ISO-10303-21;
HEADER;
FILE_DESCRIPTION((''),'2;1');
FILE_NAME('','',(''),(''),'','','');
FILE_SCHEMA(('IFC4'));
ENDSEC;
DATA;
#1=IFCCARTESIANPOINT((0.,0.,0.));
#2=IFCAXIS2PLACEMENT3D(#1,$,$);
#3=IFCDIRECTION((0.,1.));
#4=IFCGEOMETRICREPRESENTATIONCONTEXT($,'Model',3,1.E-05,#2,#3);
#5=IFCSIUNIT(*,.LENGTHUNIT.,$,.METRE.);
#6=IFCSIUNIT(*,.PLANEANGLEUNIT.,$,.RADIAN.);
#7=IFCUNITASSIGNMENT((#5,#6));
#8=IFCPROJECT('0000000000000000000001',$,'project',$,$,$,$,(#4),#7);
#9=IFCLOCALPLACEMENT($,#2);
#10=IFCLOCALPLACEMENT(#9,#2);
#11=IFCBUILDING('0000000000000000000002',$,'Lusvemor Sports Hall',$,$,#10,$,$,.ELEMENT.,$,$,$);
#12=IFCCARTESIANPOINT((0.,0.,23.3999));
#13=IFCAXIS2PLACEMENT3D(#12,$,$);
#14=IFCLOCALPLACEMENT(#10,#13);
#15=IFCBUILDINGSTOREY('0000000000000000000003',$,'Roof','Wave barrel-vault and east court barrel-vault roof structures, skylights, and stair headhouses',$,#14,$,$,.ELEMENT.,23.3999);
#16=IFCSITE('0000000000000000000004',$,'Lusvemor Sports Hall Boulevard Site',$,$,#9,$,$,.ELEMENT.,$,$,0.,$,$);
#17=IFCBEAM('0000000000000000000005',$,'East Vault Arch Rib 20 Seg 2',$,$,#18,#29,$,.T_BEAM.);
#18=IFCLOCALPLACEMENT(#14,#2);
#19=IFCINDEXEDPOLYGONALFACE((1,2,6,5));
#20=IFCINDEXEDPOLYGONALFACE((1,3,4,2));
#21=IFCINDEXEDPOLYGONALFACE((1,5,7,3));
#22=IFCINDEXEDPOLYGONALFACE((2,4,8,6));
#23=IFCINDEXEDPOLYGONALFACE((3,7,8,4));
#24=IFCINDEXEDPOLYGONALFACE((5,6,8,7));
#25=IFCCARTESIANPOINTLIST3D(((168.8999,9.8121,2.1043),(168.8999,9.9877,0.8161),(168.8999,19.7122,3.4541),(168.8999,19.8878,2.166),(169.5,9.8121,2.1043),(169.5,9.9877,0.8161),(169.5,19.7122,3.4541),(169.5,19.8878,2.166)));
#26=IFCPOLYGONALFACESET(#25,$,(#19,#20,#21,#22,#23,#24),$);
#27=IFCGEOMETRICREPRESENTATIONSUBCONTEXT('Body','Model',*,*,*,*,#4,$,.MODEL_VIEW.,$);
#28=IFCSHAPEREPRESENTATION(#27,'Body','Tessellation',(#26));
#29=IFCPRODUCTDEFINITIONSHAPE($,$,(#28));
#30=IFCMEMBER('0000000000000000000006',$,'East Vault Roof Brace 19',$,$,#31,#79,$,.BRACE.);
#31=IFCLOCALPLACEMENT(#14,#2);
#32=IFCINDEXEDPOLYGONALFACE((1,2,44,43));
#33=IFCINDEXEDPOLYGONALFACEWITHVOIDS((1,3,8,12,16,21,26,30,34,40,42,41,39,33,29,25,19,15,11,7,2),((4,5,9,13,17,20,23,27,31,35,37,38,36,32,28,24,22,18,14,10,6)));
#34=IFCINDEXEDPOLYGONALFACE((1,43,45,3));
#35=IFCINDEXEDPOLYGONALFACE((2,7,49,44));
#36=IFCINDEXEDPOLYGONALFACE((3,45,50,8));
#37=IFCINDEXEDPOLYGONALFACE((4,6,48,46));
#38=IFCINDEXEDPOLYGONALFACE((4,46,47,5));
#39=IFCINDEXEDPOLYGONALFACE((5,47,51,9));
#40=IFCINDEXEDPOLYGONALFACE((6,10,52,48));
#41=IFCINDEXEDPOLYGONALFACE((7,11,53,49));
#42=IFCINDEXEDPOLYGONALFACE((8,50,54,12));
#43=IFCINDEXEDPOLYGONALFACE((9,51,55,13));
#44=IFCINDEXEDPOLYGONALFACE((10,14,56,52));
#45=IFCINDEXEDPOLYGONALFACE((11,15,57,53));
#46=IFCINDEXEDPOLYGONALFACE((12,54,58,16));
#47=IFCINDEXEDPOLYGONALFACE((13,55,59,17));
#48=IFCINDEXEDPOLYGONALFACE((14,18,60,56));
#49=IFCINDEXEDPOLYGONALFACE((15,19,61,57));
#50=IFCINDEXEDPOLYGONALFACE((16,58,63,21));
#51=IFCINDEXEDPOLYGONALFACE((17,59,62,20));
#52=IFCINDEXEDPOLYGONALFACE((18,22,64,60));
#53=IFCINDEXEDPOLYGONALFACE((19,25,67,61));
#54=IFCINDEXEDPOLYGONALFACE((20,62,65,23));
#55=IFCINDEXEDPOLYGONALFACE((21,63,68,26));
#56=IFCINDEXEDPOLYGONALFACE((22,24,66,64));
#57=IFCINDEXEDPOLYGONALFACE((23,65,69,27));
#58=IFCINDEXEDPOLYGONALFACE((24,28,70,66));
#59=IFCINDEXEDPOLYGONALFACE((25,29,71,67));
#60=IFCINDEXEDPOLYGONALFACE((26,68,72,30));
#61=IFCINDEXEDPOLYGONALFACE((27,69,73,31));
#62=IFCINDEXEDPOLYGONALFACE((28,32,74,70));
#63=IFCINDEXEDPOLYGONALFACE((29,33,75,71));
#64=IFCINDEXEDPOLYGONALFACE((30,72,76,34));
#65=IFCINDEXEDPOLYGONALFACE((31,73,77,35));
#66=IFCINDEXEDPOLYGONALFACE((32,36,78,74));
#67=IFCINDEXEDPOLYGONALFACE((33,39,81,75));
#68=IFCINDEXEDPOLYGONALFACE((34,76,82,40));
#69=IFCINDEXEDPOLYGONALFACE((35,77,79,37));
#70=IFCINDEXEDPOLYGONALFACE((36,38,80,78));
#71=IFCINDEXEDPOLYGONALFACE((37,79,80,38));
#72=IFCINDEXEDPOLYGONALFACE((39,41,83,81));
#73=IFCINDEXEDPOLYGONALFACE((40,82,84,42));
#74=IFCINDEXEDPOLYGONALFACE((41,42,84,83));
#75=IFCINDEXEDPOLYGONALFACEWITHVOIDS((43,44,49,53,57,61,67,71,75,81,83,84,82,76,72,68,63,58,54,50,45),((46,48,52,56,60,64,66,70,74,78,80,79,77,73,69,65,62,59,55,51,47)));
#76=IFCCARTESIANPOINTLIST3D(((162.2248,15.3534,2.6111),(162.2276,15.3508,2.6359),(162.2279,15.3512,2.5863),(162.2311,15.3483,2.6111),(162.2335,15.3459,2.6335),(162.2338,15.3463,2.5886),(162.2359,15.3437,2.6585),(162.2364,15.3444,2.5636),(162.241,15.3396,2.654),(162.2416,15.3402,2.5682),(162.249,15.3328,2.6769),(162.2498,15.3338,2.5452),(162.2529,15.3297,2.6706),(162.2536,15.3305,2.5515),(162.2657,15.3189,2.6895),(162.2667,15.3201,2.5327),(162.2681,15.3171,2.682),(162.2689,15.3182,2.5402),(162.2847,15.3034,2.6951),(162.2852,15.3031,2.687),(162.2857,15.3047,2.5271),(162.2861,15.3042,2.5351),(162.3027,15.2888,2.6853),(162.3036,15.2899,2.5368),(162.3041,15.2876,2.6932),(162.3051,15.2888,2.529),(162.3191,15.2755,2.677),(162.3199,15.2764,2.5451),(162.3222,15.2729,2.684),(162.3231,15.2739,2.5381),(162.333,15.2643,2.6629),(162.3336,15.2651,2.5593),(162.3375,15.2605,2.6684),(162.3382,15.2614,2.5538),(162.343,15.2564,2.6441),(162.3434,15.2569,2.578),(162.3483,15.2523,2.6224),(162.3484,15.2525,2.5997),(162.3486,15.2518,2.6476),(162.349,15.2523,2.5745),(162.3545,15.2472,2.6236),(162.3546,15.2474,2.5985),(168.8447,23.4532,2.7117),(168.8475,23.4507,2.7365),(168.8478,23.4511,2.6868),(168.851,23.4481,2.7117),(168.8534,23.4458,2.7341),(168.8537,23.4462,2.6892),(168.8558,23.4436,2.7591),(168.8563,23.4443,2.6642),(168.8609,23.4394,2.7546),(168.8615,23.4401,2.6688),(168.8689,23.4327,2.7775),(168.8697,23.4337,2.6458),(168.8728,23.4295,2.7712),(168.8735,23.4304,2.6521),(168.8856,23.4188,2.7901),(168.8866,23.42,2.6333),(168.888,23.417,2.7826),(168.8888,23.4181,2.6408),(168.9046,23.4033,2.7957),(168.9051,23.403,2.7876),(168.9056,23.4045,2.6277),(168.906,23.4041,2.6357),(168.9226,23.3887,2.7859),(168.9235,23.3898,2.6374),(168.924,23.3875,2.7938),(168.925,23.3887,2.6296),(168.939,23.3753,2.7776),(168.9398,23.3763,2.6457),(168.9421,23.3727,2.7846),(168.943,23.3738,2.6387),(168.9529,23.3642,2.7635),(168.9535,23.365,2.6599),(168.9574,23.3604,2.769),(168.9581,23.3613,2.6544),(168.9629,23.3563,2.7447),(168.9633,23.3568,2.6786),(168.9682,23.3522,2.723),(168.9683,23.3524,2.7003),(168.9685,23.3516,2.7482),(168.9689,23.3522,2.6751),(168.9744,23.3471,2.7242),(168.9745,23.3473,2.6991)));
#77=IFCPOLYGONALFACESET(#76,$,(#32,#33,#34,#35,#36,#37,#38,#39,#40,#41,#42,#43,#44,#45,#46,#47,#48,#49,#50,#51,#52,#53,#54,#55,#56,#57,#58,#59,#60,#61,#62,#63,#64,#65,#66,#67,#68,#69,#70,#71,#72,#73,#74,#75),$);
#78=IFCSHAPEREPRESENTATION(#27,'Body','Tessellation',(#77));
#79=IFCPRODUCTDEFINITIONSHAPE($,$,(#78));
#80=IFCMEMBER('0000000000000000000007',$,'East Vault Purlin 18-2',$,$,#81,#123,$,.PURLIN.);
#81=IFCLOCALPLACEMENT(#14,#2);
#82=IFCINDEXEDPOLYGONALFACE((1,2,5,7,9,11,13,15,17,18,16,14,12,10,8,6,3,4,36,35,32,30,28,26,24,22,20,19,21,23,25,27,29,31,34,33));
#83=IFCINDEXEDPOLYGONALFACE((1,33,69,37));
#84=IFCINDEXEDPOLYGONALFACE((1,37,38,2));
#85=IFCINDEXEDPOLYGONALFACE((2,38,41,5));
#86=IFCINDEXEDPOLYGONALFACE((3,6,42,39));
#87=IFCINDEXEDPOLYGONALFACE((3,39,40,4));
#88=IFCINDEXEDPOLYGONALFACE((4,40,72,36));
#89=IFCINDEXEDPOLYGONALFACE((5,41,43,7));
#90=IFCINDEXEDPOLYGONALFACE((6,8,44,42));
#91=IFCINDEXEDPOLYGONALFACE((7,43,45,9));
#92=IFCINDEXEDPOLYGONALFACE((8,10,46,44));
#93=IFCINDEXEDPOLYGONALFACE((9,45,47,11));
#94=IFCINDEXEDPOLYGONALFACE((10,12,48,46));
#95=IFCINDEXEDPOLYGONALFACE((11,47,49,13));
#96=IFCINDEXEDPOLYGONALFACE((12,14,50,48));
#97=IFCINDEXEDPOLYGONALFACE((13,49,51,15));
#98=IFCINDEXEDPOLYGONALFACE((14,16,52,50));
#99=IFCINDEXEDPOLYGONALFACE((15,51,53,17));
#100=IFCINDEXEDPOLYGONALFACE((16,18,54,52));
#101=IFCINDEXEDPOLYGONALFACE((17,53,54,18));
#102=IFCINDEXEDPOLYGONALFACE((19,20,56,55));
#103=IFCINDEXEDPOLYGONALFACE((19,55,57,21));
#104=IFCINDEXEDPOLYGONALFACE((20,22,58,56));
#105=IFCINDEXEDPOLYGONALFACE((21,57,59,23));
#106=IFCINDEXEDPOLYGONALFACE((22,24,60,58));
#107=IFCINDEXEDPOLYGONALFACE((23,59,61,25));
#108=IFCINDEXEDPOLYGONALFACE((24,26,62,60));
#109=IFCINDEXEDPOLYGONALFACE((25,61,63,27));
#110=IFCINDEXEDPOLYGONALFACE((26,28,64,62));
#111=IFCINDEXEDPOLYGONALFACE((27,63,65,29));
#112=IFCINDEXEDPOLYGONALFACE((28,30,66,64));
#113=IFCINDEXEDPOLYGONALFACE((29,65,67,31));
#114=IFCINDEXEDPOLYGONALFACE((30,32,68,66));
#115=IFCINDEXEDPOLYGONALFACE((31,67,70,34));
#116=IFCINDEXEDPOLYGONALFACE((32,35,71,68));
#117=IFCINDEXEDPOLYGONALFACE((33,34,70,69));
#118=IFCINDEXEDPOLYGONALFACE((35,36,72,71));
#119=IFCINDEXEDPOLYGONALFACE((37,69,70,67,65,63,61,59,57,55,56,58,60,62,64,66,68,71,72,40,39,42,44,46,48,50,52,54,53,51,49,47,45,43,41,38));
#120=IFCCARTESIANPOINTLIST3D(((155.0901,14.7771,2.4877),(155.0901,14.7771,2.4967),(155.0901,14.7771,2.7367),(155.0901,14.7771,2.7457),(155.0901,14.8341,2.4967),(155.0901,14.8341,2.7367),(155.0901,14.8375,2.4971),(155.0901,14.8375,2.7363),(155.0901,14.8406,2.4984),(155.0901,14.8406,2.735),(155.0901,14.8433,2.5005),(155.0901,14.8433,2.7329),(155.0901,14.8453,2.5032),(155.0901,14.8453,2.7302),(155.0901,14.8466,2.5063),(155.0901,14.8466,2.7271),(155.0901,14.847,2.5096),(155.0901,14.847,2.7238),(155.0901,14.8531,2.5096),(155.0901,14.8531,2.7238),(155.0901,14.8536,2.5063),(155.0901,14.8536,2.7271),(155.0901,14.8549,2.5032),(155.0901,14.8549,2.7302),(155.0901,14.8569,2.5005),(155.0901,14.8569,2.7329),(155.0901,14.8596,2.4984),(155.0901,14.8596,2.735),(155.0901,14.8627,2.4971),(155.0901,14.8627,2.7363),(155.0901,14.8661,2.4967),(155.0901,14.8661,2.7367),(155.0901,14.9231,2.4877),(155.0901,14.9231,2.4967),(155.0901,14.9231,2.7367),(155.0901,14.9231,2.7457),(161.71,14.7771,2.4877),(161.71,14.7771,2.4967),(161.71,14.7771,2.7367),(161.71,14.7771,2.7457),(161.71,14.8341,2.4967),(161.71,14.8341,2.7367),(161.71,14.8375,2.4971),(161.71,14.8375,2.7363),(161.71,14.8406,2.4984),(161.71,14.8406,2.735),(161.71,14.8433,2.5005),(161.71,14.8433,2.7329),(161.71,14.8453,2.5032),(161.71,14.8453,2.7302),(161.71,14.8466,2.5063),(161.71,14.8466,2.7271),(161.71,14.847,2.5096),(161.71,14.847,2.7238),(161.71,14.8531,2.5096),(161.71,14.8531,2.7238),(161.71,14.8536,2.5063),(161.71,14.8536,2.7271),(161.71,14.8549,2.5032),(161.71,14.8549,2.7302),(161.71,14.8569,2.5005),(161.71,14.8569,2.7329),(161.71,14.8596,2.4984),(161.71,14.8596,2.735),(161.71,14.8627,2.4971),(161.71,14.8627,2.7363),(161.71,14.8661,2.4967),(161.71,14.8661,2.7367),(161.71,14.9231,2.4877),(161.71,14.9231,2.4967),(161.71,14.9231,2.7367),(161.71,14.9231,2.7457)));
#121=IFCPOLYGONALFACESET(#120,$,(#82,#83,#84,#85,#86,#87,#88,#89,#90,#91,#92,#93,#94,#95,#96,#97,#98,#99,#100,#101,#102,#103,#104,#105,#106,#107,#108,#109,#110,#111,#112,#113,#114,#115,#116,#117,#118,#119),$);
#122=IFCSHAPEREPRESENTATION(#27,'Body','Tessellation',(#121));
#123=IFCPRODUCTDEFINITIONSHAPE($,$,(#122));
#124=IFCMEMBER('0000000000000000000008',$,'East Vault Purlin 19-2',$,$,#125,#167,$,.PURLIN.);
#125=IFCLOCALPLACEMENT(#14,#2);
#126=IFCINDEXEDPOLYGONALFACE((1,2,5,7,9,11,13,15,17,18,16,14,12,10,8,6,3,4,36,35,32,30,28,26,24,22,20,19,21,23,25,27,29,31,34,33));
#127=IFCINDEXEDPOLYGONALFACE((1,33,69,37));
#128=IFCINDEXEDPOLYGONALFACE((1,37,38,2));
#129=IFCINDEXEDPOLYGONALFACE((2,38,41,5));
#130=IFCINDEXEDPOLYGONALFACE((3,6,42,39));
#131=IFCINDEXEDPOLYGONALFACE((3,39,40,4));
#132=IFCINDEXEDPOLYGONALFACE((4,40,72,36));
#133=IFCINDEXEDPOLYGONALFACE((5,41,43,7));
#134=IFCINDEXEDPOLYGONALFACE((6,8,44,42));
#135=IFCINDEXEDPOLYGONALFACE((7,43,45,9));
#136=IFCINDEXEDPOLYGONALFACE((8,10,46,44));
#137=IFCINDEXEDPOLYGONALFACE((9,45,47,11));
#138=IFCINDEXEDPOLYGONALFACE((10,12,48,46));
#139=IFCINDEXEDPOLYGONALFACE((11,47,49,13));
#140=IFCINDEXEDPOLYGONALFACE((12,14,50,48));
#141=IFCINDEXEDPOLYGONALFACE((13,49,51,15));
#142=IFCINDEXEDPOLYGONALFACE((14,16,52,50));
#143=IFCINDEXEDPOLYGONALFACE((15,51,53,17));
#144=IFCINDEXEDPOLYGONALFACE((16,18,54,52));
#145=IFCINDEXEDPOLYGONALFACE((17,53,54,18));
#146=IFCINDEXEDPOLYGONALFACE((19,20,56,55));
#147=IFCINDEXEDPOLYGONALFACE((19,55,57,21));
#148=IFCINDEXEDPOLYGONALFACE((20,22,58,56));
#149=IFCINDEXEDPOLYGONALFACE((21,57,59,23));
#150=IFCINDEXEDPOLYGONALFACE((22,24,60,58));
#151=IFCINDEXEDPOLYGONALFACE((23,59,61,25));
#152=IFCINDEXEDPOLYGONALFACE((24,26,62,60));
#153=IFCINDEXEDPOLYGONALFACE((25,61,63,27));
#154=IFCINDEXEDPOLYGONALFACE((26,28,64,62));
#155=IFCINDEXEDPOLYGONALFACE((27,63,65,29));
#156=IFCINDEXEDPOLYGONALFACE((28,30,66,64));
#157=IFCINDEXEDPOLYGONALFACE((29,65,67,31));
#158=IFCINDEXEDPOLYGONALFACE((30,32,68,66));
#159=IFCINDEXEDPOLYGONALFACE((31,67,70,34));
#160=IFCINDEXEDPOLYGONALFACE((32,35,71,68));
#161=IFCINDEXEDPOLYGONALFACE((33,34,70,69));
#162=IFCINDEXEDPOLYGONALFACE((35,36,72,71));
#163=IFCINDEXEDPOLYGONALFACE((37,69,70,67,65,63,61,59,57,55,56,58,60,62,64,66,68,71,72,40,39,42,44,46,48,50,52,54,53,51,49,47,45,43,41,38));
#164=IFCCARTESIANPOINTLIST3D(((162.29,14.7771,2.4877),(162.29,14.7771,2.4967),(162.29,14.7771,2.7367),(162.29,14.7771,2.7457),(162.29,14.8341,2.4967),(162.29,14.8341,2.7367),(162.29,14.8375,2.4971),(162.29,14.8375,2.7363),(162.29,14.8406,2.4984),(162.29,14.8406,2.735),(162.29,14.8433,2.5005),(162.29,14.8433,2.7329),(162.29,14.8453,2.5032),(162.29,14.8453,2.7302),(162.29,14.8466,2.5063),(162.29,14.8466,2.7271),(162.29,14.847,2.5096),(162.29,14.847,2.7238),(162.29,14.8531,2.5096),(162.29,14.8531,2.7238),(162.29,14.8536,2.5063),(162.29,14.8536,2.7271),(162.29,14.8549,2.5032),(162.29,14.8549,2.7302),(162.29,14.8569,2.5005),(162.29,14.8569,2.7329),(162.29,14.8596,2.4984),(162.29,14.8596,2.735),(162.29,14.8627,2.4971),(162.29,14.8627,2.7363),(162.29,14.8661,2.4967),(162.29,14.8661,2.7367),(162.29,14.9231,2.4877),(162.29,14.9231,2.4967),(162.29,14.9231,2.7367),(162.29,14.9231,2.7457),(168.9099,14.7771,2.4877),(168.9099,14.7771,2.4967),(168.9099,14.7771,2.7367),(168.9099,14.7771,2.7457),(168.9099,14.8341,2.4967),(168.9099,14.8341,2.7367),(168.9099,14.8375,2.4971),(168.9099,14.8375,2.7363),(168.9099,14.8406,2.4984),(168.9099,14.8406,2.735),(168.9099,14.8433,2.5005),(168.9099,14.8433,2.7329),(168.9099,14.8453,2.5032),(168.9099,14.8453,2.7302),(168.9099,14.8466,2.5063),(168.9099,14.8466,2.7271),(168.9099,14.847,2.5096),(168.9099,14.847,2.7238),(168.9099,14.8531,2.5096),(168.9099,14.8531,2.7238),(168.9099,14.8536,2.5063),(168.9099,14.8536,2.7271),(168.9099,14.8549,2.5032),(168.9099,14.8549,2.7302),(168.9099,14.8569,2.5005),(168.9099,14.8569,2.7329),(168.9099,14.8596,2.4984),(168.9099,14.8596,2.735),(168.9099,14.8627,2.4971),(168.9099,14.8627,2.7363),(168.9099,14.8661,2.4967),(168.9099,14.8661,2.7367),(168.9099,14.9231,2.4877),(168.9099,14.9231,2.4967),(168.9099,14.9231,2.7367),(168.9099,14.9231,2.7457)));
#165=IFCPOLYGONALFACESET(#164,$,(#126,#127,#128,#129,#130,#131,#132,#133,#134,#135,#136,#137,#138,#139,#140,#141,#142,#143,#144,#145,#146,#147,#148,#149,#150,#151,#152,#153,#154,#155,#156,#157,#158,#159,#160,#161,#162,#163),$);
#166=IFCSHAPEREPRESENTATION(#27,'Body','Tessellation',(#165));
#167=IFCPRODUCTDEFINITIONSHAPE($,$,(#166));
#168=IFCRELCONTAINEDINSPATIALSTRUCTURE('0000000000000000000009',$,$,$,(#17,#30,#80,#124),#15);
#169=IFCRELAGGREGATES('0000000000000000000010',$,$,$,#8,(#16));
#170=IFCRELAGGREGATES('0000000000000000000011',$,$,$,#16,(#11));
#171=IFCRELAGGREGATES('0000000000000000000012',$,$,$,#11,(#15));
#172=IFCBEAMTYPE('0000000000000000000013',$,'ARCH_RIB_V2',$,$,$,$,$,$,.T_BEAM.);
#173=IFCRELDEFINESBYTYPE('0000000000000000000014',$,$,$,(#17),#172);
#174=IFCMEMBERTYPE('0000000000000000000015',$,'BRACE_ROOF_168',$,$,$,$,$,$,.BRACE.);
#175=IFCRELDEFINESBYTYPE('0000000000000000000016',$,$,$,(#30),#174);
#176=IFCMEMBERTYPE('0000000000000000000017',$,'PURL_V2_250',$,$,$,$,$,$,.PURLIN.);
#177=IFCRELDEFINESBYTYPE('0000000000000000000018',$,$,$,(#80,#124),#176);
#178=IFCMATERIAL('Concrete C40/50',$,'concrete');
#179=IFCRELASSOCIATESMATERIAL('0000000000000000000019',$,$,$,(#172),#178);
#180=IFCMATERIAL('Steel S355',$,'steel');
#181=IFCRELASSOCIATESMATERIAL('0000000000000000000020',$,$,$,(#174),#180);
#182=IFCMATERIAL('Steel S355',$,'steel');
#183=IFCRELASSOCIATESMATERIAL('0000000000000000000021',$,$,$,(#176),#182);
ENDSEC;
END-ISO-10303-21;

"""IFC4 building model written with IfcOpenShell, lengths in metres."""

from ifc_helpers import new_model, si_unit, direction, frame, origin, origin_2d, place, context, subcontext, project, spatial, rectangle, hollow_circle, i_section, extrude, material, material_profile, profile_set, type_object, element, save


model = new_model("IFC4")

# Units and contexts
model_context = context("Model", 3, precision=1e-05, world=origin(), true_north=direction((0.0, 1.0)))
body_context = subcontext(model_context, "Body", "Model", "MODEL_VIEW")
ifc_project = project(units=[si_unit("LENGTHUNIT", "METRE"), si_unit("PLANEANGLEUNIT", "RADIAN")], contexts=[model_context])

# Site, building, storey
site_placement = place(None, origin())
site = spatial("IfcSite", under=ifc_project, at=site_placement, Name="Lusvemor Sports Hall Boulevard Site", CompositionType="ELEMENT", RefElevation=0.0)
building_placement = place(site_placement, origin())
building = spatial("IfcBuilding", under=site, at=building_placement, Name="Lusvemor Sports Hall", CompositionType="ELEMENT")
storey_placement = place(building_placement, frame((0.0, 0.0, 23.3999)))
storey = spatial("IfcBuildingStorey", under=building, at=storey_placement, Name="Roof", Description="Wave barrel-vault and east court barrel-vault roof structures, skylights, and stair headhouses", CompositionType="ELEMENT", Elevation=23.3999)

# Beam
ifc_material_1 = material(Name="Concrete C40/50", Category="concrete")
ifc_material_profile_1 = material_profile(ifc_material_1, rectangle(XDim=0.6001, YDim=1.3, at=origin_2d()), Name="RC600x1300")
ifc_profile_set_1 = profile_set([ifc_material_profile_1], Name="Concrete C40/50")
beam_type = type_object("IfcBeamType", Name="ARCH_RIB_V2", PredefinedType="T_BEAM", material=ifc_profile_set_1)
beam_placement = place(storey_placement, frame((169.2, 9.8999, 1.4602), z_axis=(0.0, 0.990832, 0.135097), x_axis=(-1.0, 0.0, 0.0)))
element("IfcBeam", 1, at=beam_placement, inside=storey, type_object=beam_type, Name="East Vault Arch Rib 20 Seg 2", PredefinedType="T_BEAM", context=body_context, shape_type="SweptSolid", body=[
    extrude(rectangle(XDim=0.6001, YDim=1.3, at=origin_2d()), origin(), (0.0, 0.0, 1.0), 9.9917),
])

# Members
ifc_material_2 = material(Name="Steel S355", Category="steel")
ifc_material_profile_2 = material_profile(ifc_material_2, hollow_circle(Radius=0.0842, WallThickness=0.0081, at=origin_2d()), Name="CHS168.3x8.0")
ifc_profile_set_2 = profile_set([ifc_material_profile_2], Name="Steel S355")
member_type_1 = type_object("IfcMemberType", Name="BRACE_ROOF_168", PredefinedType="BRACE", material=ifc_profile_set_2)
member_1_placement = place(storey_placement, frame((162.29, 15.3, 2.6111), z_axis=(0.632792, 0.774262, 0.009615), x_axis=(-0.774298, 0.632821, 0.0)))
element("IfcMember", 2, at=member_1_placement, inside=storey, type_object=member_type_1, Name="East Vault Roof Brace 19", PredefinedType="BRACE", context=body_context, shape_type="SweptSolid", body=[
    extrude(hollow_circle(Radius=0.0842, WallThickness=0.0081, at=origin_2d()), origin(), (0.0, 0.0, 1.0), 10.4614),
])
ifc_material_3 = material(Name="Steel S355", Category="steel")
ifc_material_profile_3 = material_profile(ifc_material_3, i_section(OverallWidth=0.146, OverallDepth=0.2581, WebThickness=0.0061, FlangeThickness=0.009, FilletRadius=0.0129, at=origin_2d()), Name="W250x32.7")
ifc_profile_set_3 = profile_set([ifc_material_profile_3], Name="Steel S355")
member_type_2 = type_object("IfcMemberType", Name="PURL_V2_250", PredefinedType="PURLIN", material=ifc_profile_set_3)
for number, where, z_axis, x_axis, name in (
    (3, (155.0901, 14.8501, 2.6167), (1.0, 0.0, 0.0), (0.0, 1.0, 0.0), "East Vault Purlin 18-2"),
    (4, (162.29, 14.8501, 2.6167), (1.0, 0.0, 0.0), (0.0, 1.0, 0.0), "East Vault Purlin 19-2"),
):
    element("IfcMember", number, at=place(storey_placement, frame(where, z_axis=z_axis, x_axis=x_axis)), inside=storey, type_object=member_type_2, Name=name, PredefinedType="PURLIN", context=body_context, shape_type="SweptSolid", body=[
        extrude(i_section(OverallWidth=0.146, OverallDepth=0.2581, WebThickness=0.0061, FlangeThickness=0.009, FilletRadius=0.0129, at=origin_2d()), origin(), (0.0, 0.0, 1.0), 6.6199),
    ])

save(model, "model.ifc")
